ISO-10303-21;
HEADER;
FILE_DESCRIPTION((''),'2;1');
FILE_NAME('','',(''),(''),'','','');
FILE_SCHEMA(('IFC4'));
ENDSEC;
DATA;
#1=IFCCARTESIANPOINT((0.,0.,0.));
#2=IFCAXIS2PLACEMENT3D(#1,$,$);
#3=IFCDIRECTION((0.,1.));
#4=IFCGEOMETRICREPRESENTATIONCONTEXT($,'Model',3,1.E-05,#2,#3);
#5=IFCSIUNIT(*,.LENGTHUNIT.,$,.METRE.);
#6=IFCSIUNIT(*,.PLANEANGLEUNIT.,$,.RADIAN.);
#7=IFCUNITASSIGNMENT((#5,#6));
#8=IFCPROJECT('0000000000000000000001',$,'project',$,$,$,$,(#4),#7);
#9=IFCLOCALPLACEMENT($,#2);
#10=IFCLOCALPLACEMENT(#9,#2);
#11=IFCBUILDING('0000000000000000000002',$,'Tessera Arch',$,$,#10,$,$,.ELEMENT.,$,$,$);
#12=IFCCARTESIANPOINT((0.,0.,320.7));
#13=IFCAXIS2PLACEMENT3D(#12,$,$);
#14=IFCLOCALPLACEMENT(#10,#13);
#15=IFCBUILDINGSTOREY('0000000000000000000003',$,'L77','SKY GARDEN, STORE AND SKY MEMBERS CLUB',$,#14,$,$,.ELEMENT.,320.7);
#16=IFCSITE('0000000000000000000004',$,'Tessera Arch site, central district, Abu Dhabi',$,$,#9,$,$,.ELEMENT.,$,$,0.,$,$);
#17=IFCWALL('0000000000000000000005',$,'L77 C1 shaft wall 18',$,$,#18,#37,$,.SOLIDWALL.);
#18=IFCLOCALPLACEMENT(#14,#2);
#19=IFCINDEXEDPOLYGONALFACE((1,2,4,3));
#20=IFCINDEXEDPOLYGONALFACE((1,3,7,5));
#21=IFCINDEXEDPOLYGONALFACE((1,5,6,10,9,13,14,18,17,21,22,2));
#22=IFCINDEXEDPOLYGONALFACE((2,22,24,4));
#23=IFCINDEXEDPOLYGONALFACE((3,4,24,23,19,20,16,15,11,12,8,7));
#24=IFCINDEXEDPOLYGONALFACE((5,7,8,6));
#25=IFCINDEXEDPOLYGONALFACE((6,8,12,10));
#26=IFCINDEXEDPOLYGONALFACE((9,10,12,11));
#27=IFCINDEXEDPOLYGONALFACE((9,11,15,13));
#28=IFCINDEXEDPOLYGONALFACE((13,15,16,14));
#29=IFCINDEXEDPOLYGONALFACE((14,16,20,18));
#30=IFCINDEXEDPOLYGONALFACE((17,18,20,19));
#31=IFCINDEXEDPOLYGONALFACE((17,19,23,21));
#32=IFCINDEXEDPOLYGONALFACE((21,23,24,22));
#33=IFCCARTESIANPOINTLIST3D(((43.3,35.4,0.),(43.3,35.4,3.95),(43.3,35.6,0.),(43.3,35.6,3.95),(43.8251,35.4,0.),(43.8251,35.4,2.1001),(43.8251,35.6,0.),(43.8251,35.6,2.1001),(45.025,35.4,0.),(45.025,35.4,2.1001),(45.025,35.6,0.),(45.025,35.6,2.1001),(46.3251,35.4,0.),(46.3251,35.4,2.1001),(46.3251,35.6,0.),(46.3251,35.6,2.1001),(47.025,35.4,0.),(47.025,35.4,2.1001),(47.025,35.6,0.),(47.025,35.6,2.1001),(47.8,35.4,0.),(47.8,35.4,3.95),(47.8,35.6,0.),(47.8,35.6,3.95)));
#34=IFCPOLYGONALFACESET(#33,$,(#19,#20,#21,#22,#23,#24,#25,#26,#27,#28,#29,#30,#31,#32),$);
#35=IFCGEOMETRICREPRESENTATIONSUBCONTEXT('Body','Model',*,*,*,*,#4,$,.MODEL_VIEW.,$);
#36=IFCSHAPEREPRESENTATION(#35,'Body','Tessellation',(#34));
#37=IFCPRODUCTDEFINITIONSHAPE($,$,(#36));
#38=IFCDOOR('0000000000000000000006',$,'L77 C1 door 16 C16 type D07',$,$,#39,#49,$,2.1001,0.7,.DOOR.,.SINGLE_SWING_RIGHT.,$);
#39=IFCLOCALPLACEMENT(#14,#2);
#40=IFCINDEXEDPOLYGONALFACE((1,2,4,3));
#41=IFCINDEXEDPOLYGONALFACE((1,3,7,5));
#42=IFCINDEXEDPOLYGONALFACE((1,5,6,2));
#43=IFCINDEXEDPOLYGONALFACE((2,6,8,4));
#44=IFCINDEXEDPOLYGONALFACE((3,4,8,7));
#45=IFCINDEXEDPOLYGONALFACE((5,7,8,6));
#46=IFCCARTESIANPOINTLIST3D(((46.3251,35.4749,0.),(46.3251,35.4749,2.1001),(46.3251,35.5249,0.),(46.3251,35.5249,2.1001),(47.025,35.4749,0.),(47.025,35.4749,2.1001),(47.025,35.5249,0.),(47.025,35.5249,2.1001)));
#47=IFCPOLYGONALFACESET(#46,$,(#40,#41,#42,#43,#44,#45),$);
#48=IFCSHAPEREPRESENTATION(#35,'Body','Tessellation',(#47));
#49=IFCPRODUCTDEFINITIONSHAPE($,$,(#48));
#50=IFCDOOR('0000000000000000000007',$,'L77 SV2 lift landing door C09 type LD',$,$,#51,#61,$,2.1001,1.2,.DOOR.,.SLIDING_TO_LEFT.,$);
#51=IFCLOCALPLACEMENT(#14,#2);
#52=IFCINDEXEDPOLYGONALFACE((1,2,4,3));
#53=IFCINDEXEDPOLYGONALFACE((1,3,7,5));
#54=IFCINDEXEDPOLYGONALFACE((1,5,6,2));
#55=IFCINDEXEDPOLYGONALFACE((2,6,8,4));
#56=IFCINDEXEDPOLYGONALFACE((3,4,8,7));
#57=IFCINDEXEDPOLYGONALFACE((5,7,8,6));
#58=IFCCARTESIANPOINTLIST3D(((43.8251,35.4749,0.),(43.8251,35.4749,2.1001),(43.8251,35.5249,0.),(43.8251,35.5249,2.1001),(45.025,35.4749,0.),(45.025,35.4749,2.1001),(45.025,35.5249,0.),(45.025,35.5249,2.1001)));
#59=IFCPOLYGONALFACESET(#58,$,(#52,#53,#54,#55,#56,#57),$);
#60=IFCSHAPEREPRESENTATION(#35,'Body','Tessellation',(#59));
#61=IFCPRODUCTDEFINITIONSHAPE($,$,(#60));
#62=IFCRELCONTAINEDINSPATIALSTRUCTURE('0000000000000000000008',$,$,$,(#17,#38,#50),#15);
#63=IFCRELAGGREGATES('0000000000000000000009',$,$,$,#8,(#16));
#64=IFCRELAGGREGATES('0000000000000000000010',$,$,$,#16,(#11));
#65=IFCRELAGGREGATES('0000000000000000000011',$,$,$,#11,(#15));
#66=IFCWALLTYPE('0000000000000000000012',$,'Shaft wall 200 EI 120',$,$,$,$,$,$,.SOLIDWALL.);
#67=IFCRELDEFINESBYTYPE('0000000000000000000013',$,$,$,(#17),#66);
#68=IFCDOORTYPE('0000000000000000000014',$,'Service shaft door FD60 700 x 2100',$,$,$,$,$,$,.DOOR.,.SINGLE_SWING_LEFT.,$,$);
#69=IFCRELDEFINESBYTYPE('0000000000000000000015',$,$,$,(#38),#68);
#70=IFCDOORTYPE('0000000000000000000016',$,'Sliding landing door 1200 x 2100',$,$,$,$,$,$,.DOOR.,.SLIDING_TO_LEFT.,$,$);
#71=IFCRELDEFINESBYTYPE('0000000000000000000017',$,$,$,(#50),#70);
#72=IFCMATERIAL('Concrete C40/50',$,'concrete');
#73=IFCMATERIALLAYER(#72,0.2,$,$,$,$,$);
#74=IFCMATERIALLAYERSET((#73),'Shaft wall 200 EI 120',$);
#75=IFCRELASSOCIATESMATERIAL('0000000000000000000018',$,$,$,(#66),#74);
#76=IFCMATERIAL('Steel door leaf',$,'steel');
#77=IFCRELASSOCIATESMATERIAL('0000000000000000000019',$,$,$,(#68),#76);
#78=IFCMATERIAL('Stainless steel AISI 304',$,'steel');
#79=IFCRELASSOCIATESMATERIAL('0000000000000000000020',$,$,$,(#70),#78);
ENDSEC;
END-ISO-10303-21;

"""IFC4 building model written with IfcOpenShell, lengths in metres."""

from ifc_helpers import new_model, si_unit, direction, frame, frame_2d, origin, place, context, subcontext, project, spatial, rectangle, extrude, material, layer, layer_set, type_object, element, fill, save


model = new_model("IFC4")

# Units and contexts
model_context = context("Model", 3, precision=1e-05, world=origin(), true_north=direction((0.0, 1.0)))
body_context = subcontext(model_context, "Body", "Model", "MODEL_VIEW")
ifc_project = project(units=[si_unit("LENGTHUNIT", "METRE"), si_unit("PLANEANGLEUNIT", "RADIAN")], contexts=[model_context])

# Site, building, storey
site_placement = place(None, origin())
site = spatial("IfcSite", under=ifc_project, at=site_placement, Name="Tessera Arch site, central district, Abu Dhabi", CompositionType="ELEMENT", RefElevation=0.0)
building_placement = place(site_placement, origin())
building = spatial("IfcBuilding", under=site, at=building_placement, Name="Tessera Arch", CompositionType="ELEMENT")
storey_placement = place(building_placement, frame((0.0, 0.0, 320.7)))
storey = spatial("IfcBuildingStorey", under=building, at=storey_placement, Name="L77", Description="SKY GARDEN, STORE AND SKY MEMBERS CLUB", CompositionType="ELEMENT", Elevation=320.7)

# Shared definitions
ifc_material_1 = material(Name="Concrete C40/50", Category="concrete")
ifc_layer_1 = layer(ifc_material_1, 0.2)
ifc_layer_set_1 = layer_set([ifc_layer_1], Name="Shaft wall 200 EI 120")
wall_type_1 = type_object("IfcWallType", Name="Shaft wall 200 EI 120", PredefinedType="SOLIDWALL", material=ifc_layer_set_1)

# Wall, openings, doors
wall_1_placement = place(storey_placement, frame((43.3, 35.5, 0.0), z_axis=(0.0, 0.0, 1.0), x_axis=(1.0, 0.0, 0.0)))
wall_1 = element("IfcWall", 1, at=wall_1_placement, inside=storey, type_object=wall_type_1, Name="L77 C1 shaft wall 18", PredefinedType="SOLIDWALL", context=body_context, shape_type="SweptSolid", body=[
    extrude(rectangle(XDim=4.5, YDim=0.2, at=frame_2d((2.25, 0.0))), origin(), (0.0, 0.0, 1.0), 3.95),
])
opening_1_placement = place(wall_1_placement, frame((0.5249, 0.0, 0.0)))
opening_1 = element("IfcOpeningElement", 2, at=opening_1_placement, cuts=wall_1, PredefinedType="OPENING", context=body_context, shape_type="SweptSolid", body=[
    extrude(rectangle(XDim=1.2, YDim=2.1001, at=frame_2d((0.6001, 1.05))), frame((0.0, 0.1099, 0.0), z_axis=(0.0, -1.0, 0.0), x_axis=(1.0, 0.0, 0.0)), (0.0, 0.0, 1.0), 0.22),
])
opening_2_placement = place(wall_1_placement, frame((3.0249, 0.0, 0.0)))
opening_2 = element("IfcOpeningElement", 3, at=opening_2_placement, cuts=wall_1, PredefinedType="OPENING", context=body_context, shape_type="SweptSolid", body=[
    extrude(rectangle(XDim=0.7, YDim=2.1001, at=frame_2d((0.3501, 1.05))), frame((0.0, 0.1099, 0.0), z_axis=(0.0, -1.0, 0.0), x_axis=(1.0, 0.0, 0.0)), (0.0, 0.0, 1.0), 0.22),
])
ifc_material_2 = material(Name="Steel door leaf", Category="steel")
door_type_1 = type_object("IfcDoorType", Name="Service shaft door FD60 700 x 2100", OperationType="SINGLE_SWING_LEFT", PredefinedType="DOOR", material=ifc_material_2)
door_1_placement = place(opening_2_placement, origin())
door_1 = element("IfcDoor", 4, at=door_1_placement, inside=storey, type_object=door_type_1, Name="L77 C1 door 16 C16 type D07", OperationType="SINGLE_SWING_RIGHT", OverallHeight=2.1001, OverallWidth=0.7, PredefinedType="DOOR", context=body_context, shape_type="SweptSolid", body=[
    extrude(rectangle(XDim=0.7, YDim=2.1001, at=frame_2d((0.3501, 1.05))), frame((0.0, 0.0249, 0.0), z_axis=(0.0, -1.0, 0.0), x_axis=(1.0, 0.0, 0.0)), (0.0, 0.0, 1.0), 0.05),
])
fill(opening_2, door_1)
ifc_material_3 = material(Name="Stainless steel AISI 304", Category="steel")
door_type_2 = type_object("IfcDoorType", Name="Sliding landing door 1200 x 2100", OperationType="SLIDING_TO_LEFT", PredefinedType="DOOR", material=ifc_material_3)
door_2_placement = place(opening_1_placement, origin())
door_2 = element("IfcDoor", 5, at=door_2_placement, inside=storey, type_object=door_type_2, Name="L77 SV2 lift landing door C09 type LD", OperationType="SLIDING_TO_LEFT", OverallHeight=2.1001, OverallWidth=1.2, PredefinedType="DOOR", context=body_context, shape_type="SweptSolid", body=[
    extrude(rectangle(XDim=1.2, YDim=2.1001, at=frame_2d((0.6001, 1.05))), frame((0.0, 0.0249, 0.0), z_axis=(0.0, -1.0, 0.0), x_axis=(1.0, 0.0, 0.0)), (0.0, 0.0, 1.0), 0.05),
])
fill(opening_1, door_2)

save(model, "model.ifc")
